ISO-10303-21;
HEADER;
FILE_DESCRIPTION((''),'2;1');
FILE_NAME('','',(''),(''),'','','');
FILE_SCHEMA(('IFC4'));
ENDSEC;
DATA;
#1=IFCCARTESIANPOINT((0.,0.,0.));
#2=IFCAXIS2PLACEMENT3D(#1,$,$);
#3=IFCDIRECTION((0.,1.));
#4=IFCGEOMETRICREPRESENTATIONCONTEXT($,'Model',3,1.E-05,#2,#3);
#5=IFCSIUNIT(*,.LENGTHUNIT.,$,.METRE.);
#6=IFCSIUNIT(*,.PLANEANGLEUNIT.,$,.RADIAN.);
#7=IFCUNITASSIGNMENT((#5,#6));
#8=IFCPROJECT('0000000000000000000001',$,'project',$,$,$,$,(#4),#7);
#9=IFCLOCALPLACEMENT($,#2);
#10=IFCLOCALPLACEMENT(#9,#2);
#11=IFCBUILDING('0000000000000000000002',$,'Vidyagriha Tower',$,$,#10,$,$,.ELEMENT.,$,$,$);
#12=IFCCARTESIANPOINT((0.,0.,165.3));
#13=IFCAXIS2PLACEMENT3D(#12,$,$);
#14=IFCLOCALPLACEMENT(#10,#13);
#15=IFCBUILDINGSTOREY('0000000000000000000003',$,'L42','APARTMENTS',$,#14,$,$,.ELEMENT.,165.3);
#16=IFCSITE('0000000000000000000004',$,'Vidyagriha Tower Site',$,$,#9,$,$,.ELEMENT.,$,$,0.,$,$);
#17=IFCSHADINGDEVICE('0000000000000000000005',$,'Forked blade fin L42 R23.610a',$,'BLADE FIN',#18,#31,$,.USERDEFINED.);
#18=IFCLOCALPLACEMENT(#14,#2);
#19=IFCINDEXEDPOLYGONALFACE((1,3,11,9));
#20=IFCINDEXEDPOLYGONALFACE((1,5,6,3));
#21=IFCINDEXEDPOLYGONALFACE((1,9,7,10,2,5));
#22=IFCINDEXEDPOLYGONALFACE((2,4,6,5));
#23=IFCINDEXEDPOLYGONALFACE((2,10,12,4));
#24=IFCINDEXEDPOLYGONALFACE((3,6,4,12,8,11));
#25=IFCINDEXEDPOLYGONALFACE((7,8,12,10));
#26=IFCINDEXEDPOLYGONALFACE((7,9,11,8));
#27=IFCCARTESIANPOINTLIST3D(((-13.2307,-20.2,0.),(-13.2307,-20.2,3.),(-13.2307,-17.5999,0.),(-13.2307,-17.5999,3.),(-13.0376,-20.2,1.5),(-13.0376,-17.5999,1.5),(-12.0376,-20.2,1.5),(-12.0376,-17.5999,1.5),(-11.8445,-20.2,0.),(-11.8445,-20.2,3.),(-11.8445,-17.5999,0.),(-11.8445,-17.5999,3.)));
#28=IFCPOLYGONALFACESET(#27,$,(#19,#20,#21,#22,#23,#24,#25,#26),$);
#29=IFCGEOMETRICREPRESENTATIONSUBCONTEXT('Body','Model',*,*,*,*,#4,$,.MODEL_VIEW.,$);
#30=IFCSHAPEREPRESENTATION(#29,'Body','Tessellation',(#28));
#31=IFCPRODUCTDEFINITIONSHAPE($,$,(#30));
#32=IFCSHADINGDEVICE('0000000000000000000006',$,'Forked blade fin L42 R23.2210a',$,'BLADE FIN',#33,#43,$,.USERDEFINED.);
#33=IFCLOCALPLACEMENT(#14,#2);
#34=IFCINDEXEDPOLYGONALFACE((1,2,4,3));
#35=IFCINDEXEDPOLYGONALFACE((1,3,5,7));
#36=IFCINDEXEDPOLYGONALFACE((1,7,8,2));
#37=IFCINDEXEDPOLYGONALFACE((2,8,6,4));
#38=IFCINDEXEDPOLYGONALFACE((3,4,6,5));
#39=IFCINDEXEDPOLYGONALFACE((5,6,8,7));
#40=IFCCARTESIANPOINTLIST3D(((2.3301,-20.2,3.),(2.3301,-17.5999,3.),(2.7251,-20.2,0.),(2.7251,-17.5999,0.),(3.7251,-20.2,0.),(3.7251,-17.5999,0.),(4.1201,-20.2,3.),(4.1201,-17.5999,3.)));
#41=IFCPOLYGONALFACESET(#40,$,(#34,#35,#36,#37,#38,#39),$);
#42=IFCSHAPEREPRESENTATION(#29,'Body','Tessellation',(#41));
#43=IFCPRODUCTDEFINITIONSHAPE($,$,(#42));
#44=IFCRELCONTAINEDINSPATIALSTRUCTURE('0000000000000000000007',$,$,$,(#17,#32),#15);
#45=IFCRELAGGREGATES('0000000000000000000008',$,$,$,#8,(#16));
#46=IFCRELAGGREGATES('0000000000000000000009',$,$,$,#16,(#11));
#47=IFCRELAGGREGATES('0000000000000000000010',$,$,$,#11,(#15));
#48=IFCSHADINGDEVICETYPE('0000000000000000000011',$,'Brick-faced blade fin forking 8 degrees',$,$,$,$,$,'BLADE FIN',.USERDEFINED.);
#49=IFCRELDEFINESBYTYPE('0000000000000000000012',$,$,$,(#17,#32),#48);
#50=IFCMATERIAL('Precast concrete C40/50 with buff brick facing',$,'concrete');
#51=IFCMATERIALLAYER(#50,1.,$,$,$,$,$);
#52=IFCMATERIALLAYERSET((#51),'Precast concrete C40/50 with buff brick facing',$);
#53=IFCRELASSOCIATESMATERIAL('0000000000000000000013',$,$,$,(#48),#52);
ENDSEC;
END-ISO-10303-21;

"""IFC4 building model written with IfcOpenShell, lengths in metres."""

from ifc_helpers import new_model, si_unit, direction, frame, origin, place, context, subcontext, project, spatial, polyline, outline, extrude, material, layer, layer_set, type_object, element, save


model = new_model("IFC4")

# Units and contexts
model_context = context("Model", 3, precision=1e-05, world=origin(), true_north=direction((0.0, 1.0)))
body_context = subcontext(model_context, "Body", "Model", "MODEL_VIEW")
ifc_project = project(units=[si_unit("LENGTHUNIT", "METRE"), si_unit("PLANEANGLEUNIT", "RADIAN")], contexts=[model_context])

# Site, building, storey
site_placement = place(None, origin())
site = spatial("IfcSite", under=ifc_project, at=site_placement, Name="Vidyagriha Tower Site", CompositionType="ELEMENT", RefElevation=0.0)
building_placement = place(site_placement, origin())
building = spatial("IfcBuilding", under=site, at=building_placement, Name="Vidyagriha Tower", CompositionType="ELEMENT")
storey_placement = place(building_placement, frame((0.0, 0.0, 165.3)))
storey = spatial("IfcBuildingStorey", under=building, at=storey_placement, Name="L42", Description="APARTMENTS", CompositionType="ELEMENT", Elevation=165.3)

# Shading devices
ifc_material_1 = material(Name="Precast concrete C40/50 with buff brick facing", Category="concrete")
ifc_layer_1 = layer(ifc_material_1, 1.0)
ifc_layer_set_1 = layer_set([ifc_layer_1], Name="Precast concrete C40/50 with buff brick facing")
shading_device_type_1 = type_object("IfcShadingDeviceType", Name="Brick-faced blade fin forking 8 degrees", ElementType="BLADE FIN", PredefinedType="USERDEFINED", material=ifc_layer_set_1)
shading_device_1_placement = place(storey_placement, frame((-13.2307, -18.8999, 0.0)))
element("IfcShadingDevice", 1, at=shading_device_1_placement, inside=storey, type_object=shading_device_type_1, Name="Forked blade fin L42 R23.610a", ObjectType="BLADE FIN", PredefinedType="USERDEFINED", context=body_context, shape_type="SweptSolid", body=[
    extrude(outline(polyline([(0.0, 0.0), (1.3862, 0.0), (1.1931, 1.5), (1.3862, 3.0), (0.0, 3.0), (0.1931, 1.5), (0.0, 0.0)])), frame((0.0, 1.3, 0.0), z_axis=(0.0, -1.0, 0.0), x_axis=(1.0, 0.0, 0.0)), (0.0, 0.0, 1.0), 2.6001),
])
shading_device_2_placement = place(storey_placement, frame((2.3301, -18.8999, 0.0)))
element("IfcShadingDevice", 2, at=shading_device_2_placement, inside=storey, type_object=shading_device_type_1, Name="Forked blade fin L42 R23.2210a", ObjectType="BLADE FIN", PredefinedType="USERDEFINED", context=body_context, shape_type="SweptSolid", body=[
    extrude(outline(polyline([(0.395, 0.0), (1.395, 0.0), (1.79, 3.0), (0.0, 3.0), (0.395, 0.0)])), frame((0.0, 1.3, 0.0), z_axis=(0.0, -1.0, 0.0), x_axis=(1.0, 0.0, 0.0)), (0.0, 0.0, 1.0), 2.6001),
])

save(model, "model.ifc")
